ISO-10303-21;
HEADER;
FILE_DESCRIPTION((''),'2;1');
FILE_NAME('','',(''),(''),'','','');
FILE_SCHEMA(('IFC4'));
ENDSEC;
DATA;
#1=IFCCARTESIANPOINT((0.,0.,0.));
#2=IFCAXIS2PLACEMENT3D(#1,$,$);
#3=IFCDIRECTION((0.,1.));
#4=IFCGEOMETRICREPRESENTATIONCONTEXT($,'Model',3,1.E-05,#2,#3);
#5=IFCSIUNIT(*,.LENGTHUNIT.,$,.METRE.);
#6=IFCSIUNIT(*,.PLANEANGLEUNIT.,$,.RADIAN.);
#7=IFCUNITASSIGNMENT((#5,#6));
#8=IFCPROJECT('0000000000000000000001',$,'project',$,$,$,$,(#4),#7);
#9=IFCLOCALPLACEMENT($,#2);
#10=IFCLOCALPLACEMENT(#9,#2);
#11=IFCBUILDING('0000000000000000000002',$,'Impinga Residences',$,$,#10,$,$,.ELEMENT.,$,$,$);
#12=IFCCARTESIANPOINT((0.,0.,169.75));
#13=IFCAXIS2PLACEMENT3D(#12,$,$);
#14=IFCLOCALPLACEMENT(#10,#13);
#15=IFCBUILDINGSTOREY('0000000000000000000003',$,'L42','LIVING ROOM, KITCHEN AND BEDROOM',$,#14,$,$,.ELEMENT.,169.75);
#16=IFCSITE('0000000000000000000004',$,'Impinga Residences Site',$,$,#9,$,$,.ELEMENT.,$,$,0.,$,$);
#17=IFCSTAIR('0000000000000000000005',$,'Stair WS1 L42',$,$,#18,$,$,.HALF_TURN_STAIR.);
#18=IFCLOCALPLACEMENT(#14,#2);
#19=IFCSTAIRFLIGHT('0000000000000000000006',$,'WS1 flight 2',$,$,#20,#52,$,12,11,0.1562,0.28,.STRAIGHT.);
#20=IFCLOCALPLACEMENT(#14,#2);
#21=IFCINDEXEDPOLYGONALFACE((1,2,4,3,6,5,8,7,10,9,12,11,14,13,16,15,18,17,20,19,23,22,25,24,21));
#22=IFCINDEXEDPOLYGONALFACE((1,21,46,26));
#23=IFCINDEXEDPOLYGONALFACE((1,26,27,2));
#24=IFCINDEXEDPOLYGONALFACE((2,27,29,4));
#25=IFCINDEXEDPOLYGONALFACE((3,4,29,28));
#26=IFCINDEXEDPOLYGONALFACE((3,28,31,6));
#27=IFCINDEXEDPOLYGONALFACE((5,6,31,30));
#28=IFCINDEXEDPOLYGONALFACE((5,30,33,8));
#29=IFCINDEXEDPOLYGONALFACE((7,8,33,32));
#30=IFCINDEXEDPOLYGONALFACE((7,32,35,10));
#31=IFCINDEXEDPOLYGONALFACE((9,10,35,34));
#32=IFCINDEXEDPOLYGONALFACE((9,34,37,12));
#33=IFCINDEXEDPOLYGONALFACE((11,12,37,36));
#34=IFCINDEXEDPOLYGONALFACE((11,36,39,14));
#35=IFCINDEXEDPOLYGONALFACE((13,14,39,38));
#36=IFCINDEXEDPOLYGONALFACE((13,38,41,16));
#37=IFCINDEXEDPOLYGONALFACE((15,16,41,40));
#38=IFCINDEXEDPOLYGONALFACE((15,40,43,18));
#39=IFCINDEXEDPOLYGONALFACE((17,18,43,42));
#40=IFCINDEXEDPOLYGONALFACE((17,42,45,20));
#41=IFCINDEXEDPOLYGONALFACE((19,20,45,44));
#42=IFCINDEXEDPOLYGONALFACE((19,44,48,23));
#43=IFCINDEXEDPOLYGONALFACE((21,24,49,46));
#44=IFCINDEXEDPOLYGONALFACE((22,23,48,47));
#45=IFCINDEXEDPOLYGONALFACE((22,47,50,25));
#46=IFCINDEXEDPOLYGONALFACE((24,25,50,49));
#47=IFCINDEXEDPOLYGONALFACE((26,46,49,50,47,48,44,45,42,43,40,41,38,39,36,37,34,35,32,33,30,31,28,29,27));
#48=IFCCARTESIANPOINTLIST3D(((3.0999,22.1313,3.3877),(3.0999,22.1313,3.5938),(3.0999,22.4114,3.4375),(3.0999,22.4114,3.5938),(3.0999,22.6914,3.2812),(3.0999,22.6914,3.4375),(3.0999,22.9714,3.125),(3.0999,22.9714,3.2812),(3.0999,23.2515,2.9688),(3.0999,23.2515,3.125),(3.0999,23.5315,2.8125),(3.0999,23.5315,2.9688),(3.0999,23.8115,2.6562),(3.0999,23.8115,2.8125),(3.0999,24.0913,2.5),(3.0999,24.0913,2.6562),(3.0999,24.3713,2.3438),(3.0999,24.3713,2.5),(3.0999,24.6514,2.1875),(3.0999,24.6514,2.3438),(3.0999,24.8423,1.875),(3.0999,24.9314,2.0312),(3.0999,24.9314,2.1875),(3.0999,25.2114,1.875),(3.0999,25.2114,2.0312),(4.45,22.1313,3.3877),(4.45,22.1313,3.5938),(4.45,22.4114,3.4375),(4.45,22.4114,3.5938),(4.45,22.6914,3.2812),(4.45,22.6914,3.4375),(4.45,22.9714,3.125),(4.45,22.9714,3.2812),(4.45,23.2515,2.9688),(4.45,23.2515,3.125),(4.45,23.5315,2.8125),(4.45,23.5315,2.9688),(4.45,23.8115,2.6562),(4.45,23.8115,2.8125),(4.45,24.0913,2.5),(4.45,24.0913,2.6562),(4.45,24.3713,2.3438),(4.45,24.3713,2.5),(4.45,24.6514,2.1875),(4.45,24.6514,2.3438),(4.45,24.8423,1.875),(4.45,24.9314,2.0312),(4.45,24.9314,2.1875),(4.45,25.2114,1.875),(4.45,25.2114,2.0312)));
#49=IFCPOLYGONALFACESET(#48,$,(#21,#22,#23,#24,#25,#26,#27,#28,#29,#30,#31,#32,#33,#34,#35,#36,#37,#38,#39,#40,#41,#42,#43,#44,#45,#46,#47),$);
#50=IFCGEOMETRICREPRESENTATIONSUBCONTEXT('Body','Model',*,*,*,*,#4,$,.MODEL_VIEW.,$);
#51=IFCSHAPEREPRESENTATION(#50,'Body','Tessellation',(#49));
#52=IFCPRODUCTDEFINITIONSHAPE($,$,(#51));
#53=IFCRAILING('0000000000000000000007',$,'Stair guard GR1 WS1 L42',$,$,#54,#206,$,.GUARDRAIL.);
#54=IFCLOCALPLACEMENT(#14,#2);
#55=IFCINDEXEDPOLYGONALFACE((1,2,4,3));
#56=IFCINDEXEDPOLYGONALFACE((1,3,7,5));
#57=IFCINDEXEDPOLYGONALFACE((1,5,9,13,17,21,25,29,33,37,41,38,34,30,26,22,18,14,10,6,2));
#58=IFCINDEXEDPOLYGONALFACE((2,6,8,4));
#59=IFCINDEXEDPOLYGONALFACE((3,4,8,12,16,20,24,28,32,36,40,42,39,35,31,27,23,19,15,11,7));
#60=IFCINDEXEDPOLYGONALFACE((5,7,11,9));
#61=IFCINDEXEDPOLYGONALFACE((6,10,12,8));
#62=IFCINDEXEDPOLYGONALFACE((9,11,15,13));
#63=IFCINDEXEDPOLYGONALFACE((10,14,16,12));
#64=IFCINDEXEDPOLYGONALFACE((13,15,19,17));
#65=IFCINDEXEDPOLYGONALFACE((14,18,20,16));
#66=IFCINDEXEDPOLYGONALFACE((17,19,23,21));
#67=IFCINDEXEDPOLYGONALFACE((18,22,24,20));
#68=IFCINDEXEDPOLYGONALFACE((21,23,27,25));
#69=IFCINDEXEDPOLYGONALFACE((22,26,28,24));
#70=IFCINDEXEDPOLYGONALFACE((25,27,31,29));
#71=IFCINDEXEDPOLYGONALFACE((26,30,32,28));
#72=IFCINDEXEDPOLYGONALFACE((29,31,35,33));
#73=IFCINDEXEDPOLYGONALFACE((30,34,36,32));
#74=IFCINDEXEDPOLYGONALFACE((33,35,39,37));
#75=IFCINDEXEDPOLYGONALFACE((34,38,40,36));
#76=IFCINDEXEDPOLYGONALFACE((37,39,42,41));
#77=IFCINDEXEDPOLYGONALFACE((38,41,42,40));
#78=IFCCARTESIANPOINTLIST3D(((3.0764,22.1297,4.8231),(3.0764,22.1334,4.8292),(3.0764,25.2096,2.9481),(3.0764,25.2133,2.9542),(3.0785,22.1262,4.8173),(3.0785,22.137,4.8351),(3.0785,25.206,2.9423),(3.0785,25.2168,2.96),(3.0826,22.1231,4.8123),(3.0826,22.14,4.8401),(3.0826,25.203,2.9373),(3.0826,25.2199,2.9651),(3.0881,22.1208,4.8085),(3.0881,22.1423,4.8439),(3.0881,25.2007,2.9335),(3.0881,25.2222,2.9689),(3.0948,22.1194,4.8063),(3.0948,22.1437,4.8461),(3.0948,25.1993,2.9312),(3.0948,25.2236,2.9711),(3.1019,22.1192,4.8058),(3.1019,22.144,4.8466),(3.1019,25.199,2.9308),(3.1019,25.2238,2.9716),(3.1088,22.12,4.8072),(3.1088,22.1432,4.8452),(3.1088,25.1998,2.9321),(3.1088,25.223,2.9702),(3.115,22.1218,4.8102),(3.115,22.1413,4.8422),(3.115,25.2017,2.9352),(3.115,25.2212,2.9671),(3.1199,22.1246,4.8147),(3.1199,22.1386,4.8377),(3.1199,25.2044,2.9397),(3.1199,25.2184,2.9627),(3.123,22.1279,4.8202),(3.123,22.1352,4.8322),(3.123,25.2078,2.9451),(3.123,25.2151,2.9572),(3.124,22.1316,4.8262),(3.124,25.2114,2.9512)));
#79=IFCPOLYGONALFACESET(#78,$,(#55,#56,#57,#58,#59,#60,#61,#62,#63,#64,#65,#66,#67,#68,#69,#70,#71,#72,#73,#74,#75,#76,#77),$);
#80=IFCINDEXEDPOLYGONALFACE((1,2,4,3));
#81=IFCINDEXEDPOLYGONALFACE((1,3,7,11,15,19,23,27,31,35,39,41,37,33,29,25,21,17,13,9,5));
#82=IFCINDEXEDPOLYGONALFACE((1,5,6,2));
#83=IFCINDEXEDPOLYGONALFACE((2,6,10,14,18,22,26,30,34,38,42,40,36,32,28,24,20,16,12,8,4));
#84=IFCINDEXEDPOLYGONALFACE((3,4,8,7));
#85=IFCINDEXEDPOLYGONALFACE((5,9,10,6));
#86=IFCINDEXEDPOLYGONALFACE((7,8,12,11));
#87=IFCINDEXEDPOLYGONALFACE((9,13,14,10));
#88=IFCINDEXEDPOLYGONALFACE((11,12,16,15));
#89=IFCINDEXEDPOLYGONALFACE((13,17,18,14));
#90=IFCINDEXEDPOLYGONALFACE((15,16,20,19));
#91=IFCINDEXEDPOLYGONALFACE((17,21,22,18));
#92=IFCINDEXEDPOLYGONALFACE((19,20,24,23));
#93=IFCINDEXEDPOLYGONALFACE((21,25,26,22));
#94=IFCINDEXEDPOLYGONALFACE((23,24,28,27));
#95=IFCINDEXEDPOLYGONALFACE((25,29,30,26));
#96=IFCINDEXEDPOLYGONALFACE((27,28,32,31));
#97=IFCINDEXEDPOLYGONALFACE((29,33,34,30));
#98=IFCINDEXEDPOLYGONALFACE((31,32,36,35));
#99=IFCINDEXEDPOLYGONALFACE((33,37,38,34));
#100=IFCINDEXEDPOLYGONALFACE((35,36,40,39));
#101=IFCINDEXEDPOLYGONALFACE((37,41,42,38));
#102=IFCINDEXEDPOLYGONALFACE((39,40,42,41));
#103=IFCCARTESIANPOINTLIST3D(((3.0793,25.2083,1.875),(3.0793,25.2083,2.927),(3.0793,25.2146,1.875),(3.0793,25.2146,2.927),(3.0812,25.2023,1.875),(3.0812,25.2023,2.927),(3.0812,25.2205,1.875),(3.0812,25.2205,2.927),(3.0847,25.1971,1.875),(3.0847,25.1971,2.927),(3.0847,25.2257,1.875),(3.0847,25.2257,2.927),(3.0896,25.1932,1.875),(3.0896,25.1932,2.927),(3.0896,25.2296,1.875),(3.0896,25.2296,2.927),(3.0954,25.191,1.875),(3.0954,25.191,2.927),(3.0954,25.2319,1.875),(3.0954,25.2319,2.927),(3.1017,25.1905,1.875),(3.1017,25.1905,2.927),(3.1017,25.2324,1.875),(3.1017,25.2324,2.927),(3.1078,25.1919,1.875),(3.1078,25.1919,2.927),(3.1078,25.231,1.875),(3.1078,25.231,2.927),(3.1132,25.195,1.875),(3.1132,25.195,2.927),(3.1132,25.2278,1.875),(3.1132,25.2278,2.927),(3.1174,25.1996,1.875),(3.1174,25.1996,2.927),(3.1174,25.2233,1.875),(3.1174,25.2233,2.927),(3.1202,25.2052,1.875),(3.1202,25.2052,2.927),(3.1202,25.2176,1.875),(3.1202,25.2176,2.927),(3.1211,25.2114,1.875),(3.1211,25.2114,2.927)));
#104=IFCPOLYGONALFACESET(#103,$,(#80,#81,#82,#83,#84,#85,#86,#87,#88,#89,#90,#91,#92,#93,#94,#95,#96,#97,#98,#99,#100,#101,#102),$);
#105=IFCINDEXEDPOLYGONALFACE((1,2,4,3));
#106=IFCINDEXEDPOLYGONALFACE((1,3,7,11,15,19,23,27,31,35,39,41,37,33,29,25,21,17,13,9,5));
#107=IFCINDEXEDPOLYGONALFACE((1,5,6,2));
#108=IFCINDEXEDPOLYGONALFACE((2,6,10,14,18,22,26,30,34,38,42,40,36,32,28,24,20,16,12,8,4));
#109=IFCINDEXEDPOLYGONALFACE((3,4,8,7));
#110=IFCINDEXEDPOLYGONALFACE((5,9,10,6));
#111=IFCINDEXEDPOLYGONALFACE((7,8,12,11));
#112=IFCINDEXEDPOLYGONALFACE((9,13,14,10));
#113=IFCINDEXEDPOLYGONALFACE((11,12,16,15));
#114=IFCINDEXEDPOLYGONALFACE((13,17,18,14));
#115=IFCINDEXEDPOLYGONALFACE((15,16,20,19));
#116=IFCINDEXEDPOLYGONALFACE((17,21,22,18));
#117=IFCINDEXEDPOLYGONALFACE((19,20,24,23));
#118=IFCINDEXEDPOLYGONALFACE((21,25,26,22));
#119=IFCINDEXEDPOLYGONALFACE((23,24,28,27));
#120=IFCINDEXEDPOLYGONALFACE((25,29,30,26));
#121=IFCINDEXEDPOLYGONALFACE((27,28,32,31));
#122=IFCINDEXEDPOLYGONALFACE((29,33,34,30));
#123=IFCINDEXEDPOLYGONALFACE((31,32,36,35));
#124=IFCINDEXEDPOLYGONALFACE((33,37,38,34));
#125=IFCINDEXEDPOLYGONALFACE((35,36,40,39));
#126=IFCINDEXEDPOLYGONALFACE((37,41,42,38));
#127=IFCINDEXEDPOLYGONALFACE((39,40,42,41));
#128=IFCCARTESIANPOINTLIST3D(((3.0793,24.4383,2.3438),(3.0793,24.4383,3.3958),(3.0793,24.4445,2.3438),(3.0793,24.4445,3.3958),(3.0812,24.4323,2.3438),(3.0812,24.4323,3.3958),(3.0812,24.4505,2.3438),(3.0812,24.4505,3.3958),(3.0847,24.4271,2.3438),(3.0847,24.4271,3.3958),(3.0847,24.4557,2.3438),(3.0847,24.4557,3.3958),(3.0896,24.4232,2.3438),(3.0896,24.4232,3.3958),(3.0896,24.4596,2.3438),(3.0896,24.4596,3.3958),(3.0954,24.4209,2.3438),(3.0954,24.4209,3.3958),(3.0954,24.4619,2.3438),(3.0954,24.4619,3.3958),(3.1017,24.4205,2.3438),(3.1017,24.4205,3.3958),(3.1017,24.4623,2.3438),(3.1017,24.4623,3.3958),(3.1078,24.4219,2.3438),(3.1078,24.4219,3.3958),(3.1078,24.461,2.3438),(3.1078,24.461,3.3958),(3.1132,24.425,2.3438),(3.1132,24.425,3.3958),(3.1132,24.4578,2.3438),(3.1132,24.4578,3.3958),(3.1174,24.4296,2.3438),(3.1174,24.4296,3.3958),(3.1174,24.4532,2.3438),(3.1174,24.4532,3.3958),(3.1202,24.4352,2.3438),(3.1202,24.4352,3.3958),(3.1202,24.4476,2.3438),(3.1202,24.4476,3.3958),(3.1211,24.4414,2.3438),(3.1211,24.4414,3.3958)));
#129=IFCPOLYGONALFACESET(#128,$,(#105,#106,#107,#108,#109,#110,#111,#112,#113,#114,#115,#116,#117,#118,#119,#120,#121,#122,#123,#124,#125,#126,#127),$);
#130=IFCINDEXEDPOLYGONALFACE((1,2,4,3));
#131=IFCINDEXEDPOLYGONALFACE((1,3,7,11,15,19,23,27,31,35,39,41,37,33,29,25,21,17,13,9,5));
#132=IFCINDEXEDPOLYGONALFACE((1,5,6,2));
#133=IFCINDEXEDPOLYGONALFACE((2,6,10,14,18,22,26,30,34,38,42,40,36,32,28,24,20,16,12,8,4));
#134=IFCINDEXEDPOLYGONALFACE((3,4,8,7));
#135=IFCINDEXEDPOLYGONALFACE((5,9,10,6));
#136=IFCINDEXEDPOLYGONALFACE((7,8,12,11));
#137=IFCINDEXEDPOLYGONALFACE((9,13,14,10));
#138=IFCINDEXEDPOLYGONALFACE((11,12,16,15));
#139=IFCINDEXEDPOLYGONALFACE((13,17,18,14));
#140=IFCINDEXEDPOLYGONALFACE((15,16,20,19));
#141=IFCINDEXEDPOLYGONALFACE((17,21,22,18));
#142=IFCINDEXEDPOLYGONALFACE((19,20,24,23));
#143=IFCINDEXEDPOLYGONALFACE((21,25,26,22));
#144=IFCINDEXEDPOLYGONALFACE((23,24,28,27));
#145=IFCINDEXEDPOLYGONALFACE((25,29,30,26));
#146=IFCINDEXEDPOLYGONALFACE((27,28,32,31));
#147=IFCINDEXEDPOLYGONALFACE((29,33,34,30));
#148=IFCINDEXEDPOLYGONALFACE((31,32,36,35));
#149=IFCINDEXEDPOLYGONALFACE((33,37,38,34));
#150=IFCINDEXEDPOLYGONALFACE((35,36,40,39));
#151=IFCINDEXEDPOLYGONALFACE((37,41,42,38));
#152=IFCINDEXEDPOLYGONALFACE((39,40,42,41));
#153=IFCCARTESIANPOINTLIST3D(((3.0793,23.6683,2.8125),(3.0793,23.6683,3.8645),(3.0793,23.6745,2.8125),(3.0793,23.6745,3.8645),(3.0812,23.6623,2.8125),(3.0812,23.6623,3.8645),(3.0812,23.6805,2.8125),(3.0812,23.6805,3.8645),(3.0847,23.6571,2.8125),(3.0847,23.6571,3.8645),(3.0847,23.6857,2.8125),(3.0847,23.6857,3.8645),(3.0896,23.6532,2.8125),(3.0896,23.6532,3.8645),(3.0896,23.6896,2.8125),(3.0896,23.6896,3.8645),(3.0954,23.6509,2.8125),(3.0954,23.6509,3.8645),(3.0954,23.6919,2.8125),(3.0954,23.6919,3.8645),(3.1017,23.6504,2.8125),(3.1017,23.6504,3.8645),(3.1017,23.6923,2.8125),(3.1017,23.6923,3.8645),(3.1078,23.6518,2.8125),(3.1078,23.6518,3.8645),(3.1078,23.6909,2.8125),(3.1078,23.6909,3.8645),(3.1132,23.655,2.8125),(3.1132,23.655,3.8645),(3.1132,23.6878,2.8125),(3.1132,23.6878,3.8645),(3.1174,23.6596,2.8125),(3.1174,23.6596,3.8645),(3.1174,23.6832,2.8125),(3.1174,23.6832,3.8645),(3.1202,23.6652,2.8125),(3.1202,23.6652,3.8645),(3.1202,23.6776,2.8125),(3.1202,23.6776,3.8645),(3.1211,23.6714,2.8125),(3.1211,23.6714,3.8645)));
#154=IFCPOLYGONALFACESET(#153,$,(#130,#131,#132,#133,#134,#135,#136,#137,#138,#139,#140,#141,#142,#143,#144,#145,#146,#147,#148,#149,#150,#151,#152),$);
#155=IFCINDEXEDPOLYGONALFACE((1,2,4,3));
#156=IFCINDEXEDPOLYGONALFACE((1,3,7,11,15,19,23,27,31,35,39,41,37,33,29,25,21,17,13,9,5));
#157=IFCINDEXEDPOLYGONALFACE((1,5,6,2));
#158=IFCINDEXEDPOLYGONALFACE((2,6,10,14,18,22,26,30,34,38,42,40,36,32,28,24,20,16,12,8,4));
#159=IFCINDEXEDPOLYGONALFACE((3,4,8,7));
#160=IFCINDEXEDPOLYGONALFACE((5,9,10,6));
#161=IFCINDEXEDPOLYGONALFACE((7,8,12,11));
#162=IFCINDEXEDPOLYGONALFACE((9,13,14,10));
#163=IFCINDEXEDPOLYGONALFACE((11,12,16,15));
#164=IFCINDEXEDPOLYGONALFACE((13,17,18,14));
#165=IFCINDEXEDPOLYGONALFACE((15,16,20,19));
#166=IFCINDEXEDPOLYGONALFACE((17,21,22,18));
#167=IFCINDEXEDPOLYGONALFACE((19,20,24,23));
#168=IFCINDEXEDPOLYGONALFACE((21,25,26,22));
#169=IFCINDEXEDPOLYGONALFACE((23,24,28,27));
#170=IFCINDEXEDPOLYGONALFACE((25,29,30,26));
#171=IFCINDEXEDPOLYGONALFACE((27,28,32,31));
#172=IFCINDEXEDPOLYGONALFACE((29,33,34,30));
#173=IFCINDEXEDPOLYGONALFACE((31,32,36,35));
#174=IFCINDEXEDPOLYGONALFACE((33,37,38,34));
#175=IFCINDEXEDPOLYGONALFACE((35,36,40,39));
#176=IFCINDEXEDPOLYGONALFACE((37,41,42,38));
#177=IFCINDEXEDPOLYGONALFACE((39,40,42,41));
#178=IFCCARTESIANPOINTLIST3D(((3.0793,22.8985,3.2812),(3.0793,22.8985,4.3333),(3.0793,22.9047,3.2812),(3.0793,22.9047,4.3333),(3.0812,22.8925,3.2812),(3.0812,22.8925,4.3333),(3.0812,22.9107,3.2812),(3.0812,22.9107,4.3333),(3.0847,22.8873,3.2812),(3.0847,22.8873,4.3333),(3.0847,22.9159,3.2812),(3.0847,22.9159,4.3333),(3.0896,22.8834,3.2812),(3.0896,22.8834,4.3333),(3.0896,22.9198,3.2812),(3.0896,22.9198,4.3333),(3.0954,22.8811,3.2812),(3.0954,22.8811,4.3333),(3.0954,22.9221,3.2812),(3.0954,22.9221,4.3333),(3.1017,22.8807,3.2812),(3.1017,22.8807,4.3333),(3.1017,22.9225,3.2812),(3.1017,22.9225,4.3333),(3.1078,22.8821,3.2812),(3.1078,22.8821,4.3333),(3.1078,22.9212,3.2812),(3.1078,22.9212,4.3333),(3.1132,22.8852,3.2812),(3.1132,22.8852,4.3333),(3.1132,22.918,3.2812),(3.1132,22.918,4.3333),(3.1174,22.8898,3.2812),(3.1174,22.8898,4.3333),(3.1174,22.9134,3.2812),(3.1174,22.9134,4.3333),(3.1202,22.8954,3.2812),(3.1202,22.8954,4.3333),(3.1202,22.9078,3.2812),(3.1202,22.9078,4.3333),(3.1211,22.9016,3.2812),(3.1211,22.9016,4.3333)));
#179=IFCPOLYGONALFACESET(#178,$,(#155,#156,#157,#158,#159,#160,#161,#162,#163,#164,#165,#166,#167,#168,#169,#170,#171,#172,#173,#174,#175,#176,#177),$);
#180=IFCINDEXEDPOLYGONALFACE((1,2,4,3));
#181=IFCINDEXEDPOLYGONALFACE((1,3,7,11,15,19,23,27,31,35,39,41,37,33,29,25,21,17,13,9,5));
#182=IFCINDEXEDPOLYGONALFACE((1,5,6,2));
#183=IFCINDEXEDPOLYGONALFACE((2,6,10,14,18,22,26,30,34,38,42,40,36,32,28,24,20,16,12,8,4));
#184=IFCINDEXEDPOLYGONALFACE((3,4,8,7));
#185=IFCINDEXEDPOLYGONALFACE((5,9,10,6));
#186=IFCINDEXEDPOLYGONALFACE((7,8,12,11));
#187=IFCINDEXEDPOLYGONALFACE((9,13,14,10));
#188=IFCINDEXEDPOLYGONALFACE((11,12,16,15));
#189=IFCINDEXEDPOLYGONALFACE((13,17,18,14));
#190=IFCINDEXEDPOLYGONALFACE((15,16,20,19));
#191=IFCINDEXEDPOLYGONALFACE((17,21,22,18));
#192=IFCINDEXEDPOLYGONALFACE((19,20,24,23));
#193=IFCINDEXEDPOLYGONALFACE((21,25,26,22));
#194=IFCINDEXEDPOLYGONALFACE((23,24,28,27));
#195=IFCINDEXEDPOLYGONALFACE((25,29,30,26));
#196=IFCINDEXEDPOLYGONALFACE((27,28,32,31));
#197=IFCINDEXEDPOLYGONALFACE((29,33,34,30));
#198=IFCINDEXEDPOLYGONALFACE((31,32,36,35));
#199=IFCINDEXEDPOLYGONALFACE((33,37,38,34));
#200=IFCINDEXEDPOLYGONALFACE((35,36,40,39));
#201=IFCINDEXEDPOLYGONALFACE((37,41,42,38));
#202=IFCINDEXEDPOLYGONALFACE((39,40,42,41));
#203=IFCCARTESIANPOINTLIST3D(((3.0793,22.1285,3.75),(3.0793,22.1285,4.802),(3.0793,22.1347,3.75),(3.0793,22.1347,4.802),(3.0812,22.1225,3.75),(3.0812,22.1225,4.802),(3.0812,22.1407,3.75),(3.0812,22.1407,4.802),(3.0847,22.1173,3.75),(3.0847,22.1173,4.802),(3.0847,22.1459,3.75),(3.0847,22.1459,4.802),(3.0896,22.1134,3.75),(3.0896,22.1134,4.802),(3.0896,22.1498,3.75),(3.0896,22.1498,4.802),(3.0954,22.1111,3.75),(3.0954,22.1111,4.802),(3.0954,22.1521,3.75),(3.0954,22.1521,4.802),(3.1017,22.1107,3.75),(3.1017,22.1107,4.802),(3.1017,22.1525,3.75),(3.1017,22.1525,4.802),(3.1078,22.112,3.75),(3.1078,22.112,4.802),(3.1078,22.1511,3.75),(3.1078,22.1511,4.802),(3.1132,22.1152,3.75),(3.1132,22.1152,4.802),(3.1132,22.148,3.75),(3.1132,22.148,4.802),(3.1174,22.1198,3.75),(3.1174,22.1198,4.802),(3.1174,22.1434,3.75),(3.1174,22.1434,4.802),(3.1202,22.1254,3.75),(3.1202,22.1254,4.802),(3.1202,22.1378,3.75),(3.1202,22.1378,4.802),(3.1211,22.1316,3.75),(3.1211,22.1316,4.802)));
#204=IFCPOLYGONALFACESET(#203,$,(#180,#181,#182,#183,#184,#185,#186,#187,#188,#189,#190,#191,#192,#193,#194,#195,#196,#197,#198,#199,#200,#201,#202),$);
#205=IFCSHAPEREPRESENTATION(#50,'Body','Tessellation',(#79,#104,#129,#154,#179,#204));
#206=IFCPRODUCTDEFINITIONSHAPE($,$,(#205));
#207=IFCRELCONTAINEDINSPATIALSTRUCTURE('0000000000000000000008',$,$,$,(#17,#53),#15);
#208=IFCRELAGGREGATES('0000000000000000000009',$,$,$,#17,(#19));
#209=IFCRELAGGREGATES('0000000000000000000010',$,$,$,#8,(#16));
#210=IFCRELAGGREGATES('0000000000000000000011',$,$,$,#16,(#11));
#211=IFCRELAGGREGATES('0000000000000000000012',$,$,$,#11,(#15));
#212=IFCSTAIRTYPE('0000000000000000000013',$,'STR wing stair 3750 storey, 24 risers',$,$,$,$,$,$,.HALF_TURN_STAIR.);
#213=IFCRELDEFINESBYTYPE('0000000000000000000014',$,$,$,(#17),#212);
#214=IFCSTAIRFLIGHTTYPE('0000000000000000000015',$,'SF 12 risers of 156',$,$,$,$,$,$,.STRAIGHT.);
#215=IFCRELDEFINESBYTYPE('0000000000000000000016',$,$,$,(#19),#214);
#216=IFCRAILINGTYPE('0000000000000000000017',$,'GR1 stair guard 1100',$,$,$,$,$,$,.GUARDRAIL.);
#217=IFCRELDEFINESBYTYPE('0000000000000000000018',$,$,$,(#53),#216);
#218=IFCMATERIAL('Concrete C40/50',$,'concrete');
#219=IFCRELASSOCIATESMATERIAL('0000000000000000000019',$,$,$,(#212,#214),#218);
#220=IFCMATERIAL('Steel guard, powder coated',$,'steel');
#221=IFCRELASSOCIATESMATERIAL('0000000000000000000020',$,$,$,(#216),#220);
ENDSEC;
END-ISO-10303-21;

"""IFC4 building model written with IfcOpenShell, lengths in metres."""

from ifc_helpers import new_model, si_unit, direction, frame, origin, origin_2d, place, context, subcontext, project, spatial, polyline, circle, outline, extrude, material, type_object, element, aggregate, save


model = new_model("IFC4")

# Units and contexts
model_context = context("Model", 3, precision=1e-05, world=origin(), true_north=direction((0.0, 1.0)))
body_context = subcontext(model_context, "Body", "Model", "MODEL_VIEW")
ifc_project = project(units=[si_unit("LENGTHUNIT", "METRE"), si_unit("PLANEANGLEUNIT", "RADIAN")], contexts=[model_context])

# Site, building, storey
site_placement = place(None, origin())
site = spatial("IfcSite", under=ifc_project, at=site_placement, Name="Impinga Residences Site", CompositionType="ELEMENT", RefElevation=0.0)
building_placement = place(site_placement, origin())
building = spatial("IfcBuilding", under=site, at=building_placement, Name="Impinga Residences", CompositionType="ELEMENT")
storey_placement = place(building_placement, frame((0.0, 0.0, 169.75)))
storey = spatial("IfcBuildingStorey", under=building, at=storey_placement, Name="L42", Description="LIVING ROOM, KITCHEN AND BEDROOM", CompositionType="ELEMENT", Elevation=169.75)

# Stair, stair flight
ifc_material_1 = material(Name="Concrete C40/50", Category="concrete")
stair_type = type_object("IfcStairType", Name="STR wing stair 3750 storey, 24 risers", PredefinedType="HALF_TURN_STAIR", material=ifc_material_1)
stair_placement = place(storey_placement, origin())
stair = element("IfcStair", 1, at=stair_placement, inside=storey, type_object=stair_type, Name="Stair WS1 L42", PredefinedType="HALF_TURN_STAIR")
stair_flight_type = type_object("IfcStairFlightType", Name="SF 12 risers of 156", PredefinedType="STRAIGHT", material=ifc_material_1)
stair_flight_1_placement = place(storey_placement, frame((3.7749, 25.2114, 1.875), z_axis=(0.0, 0.0, 1.0), x_axis=(0.0, -1.0, 0.0)))
stair_flight_1 = element("IfcStairFlight", 2, at=stair_flight_1_placement, type_object=stair_flight_type, Name="WS1 flight 2", NumberOfRisers=12, NumberOfTreads=11, PredefinedType="STRAIGHT", RiserHeight=0.1562, TreadLength=0.28, context=body_context, shape_type="SweptSolid", body=[
    extrude(outline(polyline([(0.0, 0.0), (0.0, 0.1562), (0.28, 0.1562), (0.28, 0.3125), (0.5601, 0.3125), (0.5601, 0.4688), (0.8401, 0.4688), (0.8401, 0.625), (1.1201, 0.625), (1.1201, 0.7812), (1.3999, 0.7812), (1.3999, 0.9375), (1.6799, 0.9375), (1.6799, 1.0938), (1.96, 1.0938), (1.96, 1.25), (2.24, 1.25), (2.24, 1.4062), (2.52, 1.4062), (2.52, 1.5625), (2.8, 1.5625), (2.8, 1.7188), (3.0801, 1.7188), (3.0801, 1.875), (3.0801, 1.5127), (0.3691, 0.0), (0.0, 0.0)])), frame((0.0, 0.675, 0.0), z_axis=(0.0, -1.0, 0.0), x_axis=(1.0, 0.0, 0.0)), (0.0, 0.0, 1.0), 1.3501),
])
aggregate(stair, [stair_flight_1])

# Railing
ifc_material_2 = material(Name="Steel guard, powder coated", Category="steel")
railing_type_1 = type_object("IfcRailingType", Name="GR1 stair guard 1100", PredefinedType="GUARDRAIL", material=ifc_material_2)
railing_1_placement = place(storey_placement, frame((3.1001, 25.2114, 1.875)))
element("IfcRailing", 3, at=railing_1_placement, inside=storey, type_object=railing_type_1, Name="Stair guard GR1 WS1 L42", PredefinedType="GUARDRAIL", context=body_context, shape_type="SweptSolid", body=[
    extrude(circle(Radius=0.0239, at=origin_2d()), frame((0.0, 0.0, 1.0762), z_axis=(0.0, -0.854159, 0.520011), x_axis=(1.0, 0.0, 0.0)), (0.0, 0.0, 1.0), 3.6057),
    extrude(circle(Radius=0.021, at=origin_2d()), origin(), (0.0, 0.0, 1.0), 1.052),
    extrude(circle(Radius=0.021, at=origin_2d()), frame((0.0, -0.77, 0.4688)), (0.0, 0.0, 1.0), 1.052),
    extrude(circle(Radius=0.021, at=origin_2d()), frame((0.0, -1.54, 0.9375)), (0.0, 0.0, 1.0), 1.052),
    extrude(circle(Radius=0.021, at=origin_2d()), frame((0.0, -2.3098, 1.4062)), (0.0, 0.0, 1.0), 1.052),
    extrude(circle(Radius=0.021, at=origin_2d()), frame((0.0, -3.0798, 1.875)), (0.0, 0.0, 1.0), 1.052),
])

save(model, "model.ifc")
